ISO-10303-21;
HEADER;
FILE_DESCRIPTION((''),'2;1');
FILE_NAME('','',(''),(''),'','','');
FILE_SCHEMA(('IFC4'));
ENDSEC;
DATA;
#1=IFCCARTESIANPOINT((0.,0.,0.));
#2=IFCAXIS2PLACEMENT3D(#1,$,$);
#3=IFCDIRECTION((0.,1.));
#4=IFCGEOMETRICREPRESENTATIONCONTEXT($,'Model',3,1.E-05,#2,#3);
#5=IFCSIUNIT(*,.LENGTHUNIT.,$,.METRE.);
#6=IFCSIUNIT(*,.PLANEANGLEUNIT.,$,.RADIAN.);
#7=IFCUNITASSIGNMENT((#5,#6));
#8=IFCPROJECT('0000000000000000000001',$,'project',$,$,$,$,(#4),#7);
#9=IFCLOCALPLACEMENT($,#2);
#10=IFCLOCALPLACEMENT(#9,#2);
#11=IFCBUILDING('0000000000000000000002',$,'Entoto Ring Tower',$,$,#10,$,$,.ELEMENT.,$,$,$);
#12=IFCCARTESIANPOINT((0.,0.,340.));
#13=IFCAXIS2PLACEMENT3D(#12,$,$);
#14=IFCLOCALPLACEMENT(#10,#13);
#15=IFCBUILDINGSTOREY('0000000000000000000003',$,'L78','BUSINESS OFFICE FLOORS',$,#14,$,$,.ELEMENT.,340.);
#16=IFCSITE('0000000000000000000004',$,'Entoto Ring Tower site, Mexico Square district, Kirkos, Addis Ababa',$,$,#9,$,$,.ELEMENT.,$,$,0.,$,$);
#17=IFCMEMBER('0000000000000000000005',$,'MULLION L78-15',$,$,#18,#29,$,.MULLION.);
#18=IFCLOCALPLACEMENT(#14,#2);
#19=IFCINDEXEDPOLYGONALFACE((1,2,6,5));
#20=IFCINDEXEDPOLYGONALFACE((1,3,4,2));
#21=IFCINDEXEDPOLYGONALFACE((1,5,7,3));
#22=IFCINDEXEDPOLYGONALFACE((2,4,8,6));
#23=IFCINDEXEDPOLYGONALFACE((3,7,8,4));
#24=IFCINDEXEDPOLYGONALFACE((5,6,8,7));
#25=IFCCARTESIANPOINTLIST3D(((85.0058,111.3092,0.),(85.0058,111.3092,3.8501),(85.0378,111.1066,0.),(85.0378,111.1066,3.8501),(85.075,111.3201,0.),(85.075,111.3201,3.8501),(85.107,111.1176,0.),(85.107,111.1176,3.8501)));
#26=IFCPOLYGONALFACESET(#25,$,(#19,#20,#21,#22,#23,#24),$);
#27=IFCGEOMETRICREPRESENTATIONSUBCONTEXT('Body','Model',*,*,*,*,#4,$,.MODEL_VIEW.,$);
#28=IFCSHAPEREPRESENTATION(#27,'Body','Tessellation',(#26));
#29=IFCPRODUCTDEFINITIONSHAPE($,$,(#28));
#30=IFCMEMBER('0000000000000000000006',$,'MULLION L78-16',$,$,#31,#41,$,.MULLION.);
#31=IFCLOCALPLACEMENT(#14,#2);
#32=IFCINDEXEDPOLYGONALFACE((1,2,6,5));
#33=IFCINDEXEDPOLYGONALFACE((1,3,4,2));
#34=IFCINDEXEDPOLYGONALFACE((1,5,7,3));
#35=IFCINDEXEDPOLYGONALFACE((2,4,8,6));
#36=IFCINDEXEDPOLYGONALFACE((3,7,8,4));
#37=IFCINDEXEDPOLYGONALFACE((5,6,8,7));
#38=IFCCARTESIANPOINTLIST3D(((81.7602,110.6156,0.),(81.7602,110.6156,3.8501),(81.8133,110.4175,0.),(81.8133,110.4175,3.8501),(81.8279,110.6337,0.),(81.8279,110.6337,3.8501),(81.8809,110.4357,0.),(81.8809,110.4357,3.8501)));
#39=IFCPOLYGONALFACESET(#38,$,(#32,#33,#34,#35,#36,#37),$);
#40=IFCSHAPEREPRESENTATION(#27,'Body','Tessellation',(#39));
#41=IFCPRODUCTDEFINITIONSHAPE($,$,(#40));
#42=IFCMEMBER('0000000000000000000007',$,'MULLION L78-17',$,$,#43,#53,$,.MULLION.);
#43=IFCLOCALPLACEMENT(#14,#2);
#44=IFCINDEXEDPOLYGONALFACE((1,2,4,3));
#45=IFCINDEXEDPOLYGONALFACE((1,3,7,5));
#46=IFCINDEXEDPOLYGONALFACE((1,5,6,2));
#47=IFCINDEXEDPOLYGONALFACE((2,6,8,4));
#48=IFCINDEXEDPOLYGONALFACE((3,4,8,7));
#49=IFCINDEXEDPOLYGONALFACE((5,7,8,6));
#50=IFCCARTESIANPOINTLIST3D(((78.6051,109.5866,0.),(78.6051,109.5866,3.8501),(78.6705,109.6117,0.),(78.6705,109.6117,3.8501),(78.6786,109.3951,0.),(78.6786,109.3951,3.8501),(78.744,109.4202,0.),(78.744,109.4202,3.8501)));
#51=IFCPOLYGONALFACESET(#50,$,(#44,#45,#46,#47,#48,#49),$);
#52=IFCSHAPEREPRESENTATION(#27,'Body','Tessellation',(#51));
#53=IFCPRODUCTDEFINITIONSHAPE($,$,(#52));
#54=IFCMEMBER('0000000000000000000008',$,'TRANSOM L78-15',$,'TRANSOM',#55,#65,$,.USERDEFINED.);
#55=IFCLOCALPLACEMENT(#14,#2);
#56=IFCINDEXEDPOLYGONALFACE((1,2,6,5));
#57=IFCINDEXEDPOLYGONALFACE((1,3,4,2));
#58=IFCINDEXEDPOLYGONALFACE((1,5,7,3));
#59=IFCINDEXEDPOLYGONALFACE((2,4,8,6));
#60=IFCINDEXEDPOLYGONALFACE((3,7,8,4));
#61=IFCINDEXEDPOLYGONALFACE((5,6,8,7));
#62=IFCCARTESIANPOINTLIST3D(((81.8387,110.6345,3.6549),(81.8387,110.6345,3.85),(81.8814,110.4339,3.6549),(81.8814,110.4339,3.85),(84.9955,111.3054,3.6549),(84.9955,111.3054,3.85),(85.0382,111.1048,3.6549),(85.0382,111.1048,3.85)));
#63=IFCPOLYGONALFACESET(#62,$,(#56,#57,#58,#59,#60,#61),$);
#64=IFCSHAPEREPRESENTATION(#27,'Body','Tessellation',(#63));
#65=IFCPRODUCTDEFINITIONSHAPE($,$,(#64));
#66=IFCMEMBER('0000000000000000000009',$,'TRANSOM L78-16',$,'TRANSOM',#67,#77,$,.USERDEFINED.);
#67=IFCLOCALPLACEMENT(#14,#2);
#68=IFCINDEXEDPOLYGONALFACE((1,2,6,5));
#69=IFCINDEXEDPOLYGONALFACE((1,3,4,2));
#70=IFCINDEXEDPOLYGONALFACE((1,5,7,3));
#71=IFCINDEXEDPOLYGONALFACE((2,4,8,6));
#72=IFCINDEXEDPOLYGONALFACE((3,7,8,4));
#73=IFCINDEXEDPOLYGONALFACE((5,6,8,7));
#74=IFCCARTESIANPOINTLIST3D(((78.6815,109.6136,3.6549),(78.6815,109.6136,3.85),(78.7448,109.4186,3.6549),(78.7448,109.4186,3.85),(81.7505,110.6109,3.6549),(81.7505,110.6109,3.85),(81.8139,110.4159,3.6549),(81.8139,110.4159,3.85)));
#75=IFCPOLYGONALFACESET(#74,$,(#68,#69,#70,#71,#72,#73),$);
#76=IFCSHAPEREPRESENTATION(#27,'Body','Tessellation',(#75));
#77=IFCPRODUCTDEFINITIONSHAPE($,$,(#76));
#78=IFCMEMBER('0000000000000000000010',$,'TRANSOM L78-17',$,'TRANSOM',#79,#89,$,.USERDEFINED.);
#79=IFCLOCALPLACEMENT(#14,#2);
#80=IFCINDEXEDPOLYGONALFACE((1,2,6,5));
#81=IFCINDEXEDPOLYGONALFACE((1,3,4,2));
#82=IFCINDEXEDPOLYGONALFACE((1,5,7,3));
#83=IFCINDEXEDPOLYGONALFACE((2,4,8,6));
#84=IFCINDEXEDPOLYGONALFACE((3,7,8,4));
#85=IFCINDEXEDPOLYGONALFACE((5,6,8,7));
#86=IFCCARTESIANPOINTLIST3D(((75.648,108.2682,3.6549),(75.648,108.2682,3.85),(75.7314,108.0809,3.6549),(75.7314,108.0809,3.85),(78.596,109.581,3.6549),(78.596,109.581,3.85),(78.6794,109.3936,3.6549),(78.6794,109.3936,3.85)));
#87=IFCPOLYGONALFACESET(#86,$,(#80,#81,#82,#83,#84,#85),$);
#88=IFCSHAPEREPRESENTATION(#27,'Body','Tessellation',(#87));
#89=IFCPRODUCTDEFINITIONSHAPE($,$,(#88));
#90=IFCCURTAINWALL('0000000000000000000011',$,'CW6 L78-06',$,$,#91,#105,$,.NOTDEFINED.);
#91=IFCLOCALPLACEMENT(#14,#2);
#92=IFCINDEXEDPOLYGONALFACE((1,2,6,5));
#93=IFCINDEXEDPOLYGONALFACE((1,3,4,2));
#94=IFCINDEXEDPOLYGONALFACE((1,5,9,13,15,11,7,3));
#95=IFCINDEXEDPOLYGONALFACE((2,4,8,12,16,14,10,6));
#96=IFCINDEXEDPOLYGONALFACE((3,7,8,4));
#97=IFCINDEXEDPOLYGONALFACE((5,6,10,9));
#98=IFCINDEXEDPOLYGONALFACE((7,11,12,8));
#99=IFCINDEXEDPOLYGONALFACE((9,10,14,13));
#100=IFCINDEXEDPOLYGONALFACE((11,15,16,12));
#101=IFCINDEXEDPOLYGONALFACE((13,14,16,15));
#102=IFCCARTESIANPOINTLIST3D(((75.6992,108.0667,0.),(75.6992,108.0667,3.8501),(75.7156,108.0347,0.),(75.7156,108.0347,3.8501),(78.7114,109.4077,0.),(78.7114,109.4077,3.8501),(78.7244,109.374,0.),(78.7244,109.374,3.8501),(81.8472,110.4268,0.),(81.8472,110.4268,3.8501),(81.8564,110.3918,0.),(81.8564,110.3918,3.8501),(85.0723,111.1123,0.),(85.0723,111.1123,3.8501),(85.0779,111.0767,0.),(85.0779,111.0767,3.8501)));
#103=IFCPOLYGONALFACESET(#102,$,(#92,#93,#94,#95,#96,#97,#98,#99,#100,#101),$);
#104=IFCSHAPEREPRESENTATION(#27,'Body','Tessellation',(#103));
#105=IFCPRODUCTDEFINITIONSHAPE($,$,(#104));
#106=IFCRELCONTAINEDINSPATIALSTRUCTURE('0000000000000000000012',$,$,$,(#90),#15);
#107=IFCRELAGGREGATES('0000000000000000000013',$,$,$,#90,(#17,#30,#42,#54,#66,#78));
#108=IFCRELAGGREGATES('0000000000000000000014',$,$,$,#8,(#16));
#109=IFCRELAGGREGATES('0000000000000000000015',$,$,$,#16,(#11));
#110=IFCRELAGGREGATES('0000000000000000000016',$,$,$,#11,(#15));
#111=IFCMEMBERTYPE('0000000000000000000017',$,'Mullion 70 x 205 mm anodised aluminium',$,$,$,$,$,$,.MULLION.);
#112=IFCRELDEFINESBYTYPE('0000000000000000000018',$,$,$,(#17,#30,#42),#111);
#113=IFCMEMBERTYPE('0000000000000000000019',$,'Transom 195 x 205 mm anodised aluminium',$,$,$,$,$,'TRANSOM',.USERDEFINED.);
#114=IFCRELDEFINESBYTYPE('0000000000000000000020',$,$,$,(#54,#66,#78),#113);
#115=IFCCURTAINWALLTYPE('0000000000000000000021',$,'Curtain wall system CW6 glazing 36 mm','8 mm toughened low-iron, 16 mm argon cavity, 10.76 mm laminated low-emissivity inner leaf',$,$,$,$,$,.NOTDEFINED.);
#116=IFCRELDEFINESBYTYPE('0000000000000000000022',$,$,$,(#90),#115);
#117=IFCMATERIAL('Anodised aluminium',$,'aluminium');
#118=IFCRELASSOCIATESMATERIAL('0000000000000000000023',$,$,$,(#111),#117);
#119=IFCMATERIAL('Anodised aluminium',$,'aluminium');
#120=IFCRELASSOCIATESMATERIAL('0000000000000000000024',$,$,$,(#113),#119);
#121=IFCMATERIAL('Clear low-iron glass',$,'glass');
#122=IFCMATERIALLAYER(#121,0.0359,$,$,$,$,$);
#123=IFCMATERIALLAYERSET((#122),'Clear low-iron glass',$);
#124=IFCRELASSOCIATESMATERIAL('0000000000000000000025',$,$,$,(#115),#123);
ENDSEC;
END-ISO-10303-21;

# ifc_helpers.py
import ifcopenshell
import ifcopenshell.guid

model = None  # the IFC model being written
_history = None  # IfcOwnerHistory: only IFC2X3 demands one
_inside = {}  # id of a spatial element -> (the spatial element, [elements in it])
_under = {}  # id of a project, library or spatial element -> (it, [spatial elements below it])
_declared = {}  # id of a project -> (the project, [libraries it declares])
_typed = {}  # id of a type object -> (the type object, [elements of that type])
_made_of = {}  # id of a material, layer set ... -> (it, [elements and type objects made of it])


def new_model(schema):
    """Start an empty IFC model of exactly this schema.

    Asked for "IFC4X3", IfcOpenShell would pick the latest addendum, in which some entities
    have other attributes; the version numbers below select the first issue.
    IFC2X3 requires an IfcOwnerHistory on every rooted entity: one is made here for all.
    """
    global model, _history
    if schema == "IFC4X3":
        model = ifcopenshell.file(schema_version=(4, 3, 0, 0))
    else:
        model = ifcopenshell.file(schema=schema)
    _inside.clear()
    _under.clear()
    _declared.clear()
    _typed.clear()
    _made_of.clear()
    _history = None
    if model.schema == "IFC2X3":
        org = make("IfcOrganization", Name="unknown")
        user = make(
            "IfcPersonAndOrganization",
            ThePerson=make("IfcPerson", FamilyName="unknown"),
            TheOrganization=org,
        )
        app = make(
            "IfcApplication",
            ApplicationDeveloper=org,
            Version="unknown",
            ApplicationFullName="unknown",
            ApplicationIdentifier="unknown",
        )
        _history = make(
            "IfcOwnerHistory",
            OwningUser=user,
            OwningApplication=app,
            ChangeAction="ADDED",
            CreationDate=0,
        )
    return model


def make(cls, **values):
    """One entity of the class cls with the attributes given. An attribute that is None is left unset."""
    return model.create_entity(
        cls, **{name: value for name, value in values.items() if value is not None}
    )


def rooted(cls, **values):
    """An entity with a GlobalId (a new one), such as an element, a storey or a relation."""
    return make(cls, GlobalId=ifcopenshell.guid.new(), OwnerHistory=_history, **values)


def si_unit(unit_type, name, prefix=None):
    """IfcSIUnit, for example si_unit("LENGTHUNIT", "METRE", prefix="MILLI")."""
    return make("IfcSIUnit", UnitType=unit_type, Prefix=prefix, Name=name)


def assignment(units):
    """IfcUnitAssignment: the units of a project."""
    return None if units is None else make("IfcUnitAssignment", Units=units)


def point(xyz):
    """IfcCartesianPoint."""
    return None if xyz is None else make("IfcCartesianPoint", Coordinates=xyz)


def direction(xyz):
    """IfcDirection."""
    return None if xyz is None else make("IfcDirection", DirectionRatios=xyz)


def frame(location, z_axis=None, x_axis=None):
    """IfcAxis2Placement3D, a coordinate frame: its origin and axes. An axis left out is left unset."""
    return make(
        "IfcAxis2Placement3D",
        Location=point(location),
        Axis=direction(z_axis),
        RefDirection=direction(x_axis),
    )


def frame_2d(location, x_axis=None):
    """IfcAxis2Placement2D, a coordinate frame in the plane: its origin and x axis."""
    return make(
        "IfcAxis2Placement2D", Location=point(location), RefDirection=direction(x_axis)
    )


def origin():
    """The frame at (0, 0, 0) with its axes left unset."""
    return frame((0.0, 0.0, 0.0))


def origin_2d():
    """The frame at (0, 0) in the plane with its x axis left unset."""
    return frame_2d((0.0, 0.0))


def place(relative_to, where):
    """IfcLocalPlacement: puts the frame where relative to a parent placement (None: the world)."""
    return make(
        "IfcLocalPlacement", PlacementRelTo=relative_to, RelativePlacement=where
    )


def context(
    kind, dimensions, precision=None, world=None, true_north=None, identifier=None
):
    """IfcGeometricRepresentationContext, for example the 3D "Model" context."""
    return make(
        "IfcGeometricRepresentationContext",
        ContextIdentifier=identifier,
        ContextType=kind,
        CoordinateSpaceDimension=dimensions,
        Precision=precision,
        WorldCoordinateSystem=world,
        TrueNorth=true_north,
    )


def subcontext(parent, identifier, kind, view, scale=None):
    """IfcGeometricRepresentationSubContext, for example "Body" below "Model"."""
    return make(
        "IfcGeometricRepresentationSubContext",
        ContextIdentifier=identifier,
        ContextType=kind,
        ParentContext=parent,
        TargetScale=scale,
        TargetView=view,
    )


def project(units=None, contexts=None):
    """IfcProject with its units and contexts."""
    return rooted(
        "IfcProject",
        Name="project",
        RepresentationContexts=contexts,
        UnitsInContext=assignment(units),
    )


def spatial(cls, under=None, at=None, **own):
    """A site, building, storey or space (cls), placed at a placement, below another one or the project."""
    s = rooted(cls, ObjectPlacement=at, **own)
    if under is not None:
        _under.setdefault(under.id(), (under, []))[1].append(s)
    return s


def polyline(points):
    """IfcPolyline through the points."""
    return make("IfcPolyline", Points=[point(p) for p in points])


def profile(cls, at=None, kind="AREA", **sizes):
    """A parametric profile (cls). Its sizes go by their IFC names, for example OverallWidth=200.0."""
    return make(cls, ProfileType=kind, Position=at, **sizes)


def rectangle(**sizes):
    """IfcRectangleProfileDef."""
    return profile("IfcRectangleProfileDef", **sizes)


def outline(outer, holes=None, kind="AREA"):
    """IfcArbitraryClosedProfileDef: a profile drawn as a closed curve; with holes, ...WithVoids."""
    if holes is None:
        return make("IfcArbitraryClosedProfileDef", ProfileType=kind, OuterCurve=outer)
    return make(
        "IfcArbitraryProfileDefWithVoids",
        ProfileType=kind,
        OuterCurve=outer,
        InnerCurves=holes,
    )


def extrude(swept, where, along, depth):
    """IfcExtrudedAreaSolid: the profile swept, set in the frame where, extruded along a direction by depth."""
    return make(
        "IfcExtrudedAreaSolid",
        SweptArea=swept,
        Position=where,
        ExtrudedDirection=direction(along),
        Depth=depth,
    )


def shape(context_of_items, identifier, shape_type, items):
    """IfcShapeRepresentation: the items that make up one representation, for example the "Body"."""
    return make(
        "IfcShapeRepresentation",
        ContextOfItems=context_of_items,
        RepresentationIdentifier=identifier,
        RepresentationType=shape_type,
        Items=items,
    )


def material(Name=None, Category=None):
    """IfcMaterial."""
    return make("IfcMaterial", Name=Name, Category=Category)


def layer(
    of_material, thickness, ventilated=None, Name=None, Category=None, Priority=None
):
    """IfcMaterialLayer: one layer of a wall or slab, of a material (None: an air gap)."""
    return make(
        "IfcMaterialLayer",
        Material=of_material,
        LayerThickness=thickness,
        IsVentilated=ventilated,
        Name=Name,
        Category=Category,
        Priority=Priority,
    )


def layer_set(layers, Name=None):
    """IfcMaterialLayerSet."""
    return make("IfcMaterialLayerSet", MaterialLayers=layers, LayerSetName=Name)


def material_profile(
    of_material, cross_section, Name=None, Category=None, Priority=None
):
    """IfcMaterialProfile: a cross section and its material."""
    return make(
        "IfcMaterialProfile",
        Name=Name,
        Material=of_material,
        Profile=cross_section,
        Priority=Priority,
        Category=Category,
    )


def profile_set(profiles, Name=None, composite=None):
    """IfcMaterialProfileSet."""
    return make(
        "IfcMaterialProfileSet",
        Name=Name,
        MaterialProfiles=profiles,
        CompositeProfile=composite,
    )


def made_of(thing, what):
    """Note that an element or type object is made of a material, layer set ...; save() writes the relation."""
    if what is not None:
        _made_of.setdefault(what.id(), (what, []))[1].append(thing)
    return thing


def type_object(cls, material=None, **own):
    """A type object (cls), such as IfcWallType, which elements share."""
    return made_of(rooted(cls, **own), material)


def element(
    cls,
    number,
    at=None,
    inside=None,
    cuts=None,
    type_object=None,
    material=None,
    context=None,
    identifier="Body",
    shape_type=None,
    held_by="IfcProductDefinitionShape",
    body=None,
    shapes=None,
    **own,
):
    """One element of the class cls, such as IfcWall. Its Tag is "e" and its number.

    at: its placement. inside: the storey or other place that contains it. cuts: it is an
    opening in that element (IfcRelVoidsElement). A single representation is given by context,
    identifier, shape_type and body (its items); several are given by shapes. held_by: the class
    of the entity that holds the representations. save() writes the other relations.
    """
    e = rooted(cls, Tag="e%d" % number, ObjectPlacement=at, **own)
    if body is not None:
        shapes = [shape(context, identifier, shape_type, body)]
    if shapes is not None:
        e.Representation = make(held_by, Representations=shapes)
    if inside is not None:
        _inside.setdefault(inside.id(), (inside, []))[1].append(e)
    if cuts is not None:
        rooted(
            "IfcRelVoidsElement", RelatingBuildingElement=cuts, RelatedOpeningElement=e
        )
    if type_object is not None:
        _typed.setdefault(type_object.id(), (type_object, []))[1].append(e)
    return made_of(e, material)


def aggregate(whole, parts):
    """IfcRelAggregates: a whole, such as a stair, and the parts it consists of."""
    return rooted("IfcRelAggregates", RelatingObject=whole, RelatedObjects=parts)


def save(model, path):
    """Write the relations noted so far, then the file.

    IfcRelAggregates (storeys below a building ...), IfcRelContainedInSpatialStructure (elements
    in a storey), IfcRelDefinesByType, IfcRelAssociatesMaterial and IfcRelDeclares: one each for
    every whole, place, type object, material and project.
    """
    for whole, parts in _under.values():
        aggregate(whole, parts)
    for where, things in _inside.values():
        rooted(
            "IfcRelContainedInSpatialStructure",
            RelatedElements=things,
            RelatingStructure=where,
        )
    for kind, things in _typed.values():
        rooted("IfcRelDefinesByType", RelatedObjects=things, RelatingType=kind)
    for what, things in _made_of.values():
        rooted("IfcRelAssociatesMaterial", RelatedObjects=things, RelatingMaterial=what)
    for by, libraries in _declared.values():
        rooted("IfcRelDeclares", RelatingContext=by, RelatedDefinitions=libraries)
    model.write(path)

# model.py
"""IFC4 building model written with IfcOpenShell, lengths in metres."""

from ifc_helpers import new_model, si_unit, direction, frame, origin, origin_2d, place, context, subcontext, project, spatial, polyline, rectangle, outline, extrude, material, layer, layer_set, material_profile, profile_set, type_object, element, aggregate, save


model = new_model("IFC4")

# Units and contexts
model_context = context("Model", 3, precision=1e-05, world=origin(), true_north=direction((0.0, 1.0)))
body_context = subcontext(model_context, "Body", "Model", "MODEL_VIEW")
ifc_project = project(units=[si_unit("LENGTHUNIT", "METRE"), si_unit("PLANEANGLEUNIT", "RADIAN")], contexts=[model_context])

# Members
ifc_material_1 = material(Name="Anodised aluminium", Category="aluminium")
ifc_material_profile_1 = material_profile(ifc_material_1, rectangle(XDim=0.0701, YDim=0.2051, at=origin_2d()), Name="Mullion 70 x 205 mm anodised aluminium")
ifc_profile_set_1 = profile_set([ifc_material_profile_1], Name="Anodised aluminium")
member_type_1 = type_object("IfcMemberType", Name="Mullion 70 x 205 mm anodised aluminium", PredefinedType="MULLION", material=ifc_profile_set_1)
site_placement = place(None, origin())
building_placement = place(site_placement, origin())
storey_placement = place(building_placement, frame((0.0, 0.0, 340.0)))
member_1_placement = place(storey_placement, frame((85.0564, 111.2134, 0.0), z_axis=(0.0, 0.0, 1.0), x_axis=(-0.987688, -0.156434, 0.0)))
member_1 = element("IfcMember", 1, at=member_1_placement, type_object=member_type_1, Name="MULLION L78-15", PredefinedType="MULLION", context=body_context, shape_type="SweptSolid", body=[
    extrude(rectangle(XDim=0.0701, YDim=0.2051, at=origin_2d()), origin(), (0.0, 0.0, 1.0), 3.8501),
])
member_2_placement = place(storey_placement, frame((81.8206, 110.5256, 0.0), z_axis=(0.0, 0.0, 1.0), x_axis=(-0.965926, -0.258819, 0.0)))
member_2 = element("IfcMember", 2, at=member_2_placement, type_object=member_type_1, Name="MULLION L78-16", PredefinedType="MULLION", context=body_context, shape_type="SweptSolid", body=[
    extrude(rectangle(XDim=0.0701, YDim=0.2051, at=origin_2d()), origin(), (0.0, 0.0, 1.0), 3.8501),
])
member_3_placement = place(storey_placement, frame((78.6746, 109.5034, 0.0), z_axis=(0.0, 0.0, 1.0), x_axis=(-0.93358, -0.358368, 0.0)))
member_3 = element("IfcMember", 3, at=member_3_placement, type_object=member_type_1, Name="MULLION L78-17", PredefinedType="MULLION", context=body_context, shape_type="SweptSolid", body=[
    extrude(rectangle(XDim=0.0701, YDim=0.2051, at=origin_2d()), origin(), (0.0, 0.0, 1.0), 3.8501),
])
ifc_material_2 = material(Name="Anodised aluminium", Category="aluminium")
ifc_material_profile_2 = material_profile(ifc_material_2, rectangle(XDim=0.2051, YDim=0.1951, at=origin_2d()), Name="Transom 195 x 205 mm anodised aluminium")
ifc_profile_set_2 = profile_set([ifc_material_profile_2], Name="Anodised aluminium")
member_type_2 = type_object("IfcMemberType", Name="Transom 195 x 205 mm anodised aluminium", ElementType="TRANSOM", PredefinedType="USERDEFINED", material=ifc_profile_set_2)
member_4_placement = place(storey_placement, frame((85.0168, 111.2051, 3.7524), z_axis=(-0.978153, -0.207886, 0.0), x_axis=(0.207886, -0.978153, 0.0)))
member_4 = element("IfcMember", 4, at=member_4_placement, type_object=member_type_2, Name="TRANSOM L78-15", ObjectType="TRANSOM", PredefinedType="USERDEFINED", context=body_context, shape_type="SweptSolid", body=[
    extrude(rectangle(XDim=0.2051, YDim=0.1951, at=origin_2d()), origin(), (0.0, 0.0, 1.0), 3.2273),
])
member_5_placement = place(storey_placement, frame((81.7822, 110.5134, 3.7524), z_axis=(-0.951047, -0.309047, 0.0), x_axis=(0.309047, -0.951047, 0.0)))
member_5 = element("IfcMember", 5, at=member_5_placement, type_object=member_type_2, Name="TRANSOM L78-16", ObjectType="TRANSOM", PredefinedType="USERDEFINED", context=body_context, shape_type="SweptSolid", body=[
    extrude(rectangle(XDim=0.2051, YDim=0.1951, at=origin_2d()), origin(), (0.0, 0.0, 1.0), 3.2271),
])
member_6_placement = place(storey_placement, frame((78.6377, 109.4873, 3.7524), z_axis=(-0.913521, -0.406791, 0.0), x_axis=(0.406791, -0.913521, 0.0)))
member_6 = element("IfcMember", 6, at=member_6_placement, type_object=member_type_2, Name="TRANSOM L78-17", ObjectType="TRANSOM", PredefinedType="USERDEFINED", context=body_context, shape_type="SweptSolid", body=[
    extrude(rectangle(XDim=0.2051, YDim=0.1951, at=origin_2d()), origin(), (0.0, 0.0, 1.0), 3.2271),
])

# Site, building, storey
site = spatial("IfcSite", under=ifc_project, at=site_placement, Name="Entoto Ring Tower site, Mexico Square district, Kirkos, Addis Ababa", CompositionType="ELEMENT", RefElevation=0.0)
building = spatial("IfcBuilding", under=site, at=building_placement, Name="Entoto Ring Tower", CompositionType="ELEMENT")
storey = spatial("IfcBuildingStorey", under=building, at=storey_placement, Name="L78", Description="BUSINESS OFFICE FLOORS", CompositionType="ELEMENT", Elevation=340.0)

# Curtain wall
ifc_material_3 = material(Name="Clear low-iron glass", Category="glass")
ifc_layer = layer(ifc_material_3, 0.0359)
ifc_layer_set = layer_set([ifc_layer], Name="Clear low-iron glass")
curtain_wall_type = type_object("IfcCurtainWallType", Name="Curtain wall system CW6 glazing 36 mm", Description="8 mm toughened low-iron, 16 mm argon cavity, 10.76 mm laminated low-emissivity inner leaf", PredefinedType="NOTDEFINED", material=ifc_layer_set)
curtain_wall_1_placement = place(storey_placement, origin())
curtain_wall_1 = element("IfcCurtainWall", 7, at=curtain_wall_1_placement, inside=storey, type_object=curtain_wall_type, Name="CW6 L78-06", PredefinedType="NOTDEFINED", context=body_context, shape_type="SweptSolid", body=[
    extrude(outline(polyline([(85.0723, 111.1123), (81.8472, 110.4268), (78.7114, 109.4077), (75.6992, 108.0667), (75.7156, 108.0347), (78.7244, 109.374), (81.8564, 110.3918), (85.0779, 111.0767), (85.0723, 111.1123)])), origin(), (0.0, 0.0, 1.0), 3.8501),
])
aggregate(curtain_wall_1, [member_1, member_2, member_3, member_4, member_5, member_6])

save(model, "model.ifc")
